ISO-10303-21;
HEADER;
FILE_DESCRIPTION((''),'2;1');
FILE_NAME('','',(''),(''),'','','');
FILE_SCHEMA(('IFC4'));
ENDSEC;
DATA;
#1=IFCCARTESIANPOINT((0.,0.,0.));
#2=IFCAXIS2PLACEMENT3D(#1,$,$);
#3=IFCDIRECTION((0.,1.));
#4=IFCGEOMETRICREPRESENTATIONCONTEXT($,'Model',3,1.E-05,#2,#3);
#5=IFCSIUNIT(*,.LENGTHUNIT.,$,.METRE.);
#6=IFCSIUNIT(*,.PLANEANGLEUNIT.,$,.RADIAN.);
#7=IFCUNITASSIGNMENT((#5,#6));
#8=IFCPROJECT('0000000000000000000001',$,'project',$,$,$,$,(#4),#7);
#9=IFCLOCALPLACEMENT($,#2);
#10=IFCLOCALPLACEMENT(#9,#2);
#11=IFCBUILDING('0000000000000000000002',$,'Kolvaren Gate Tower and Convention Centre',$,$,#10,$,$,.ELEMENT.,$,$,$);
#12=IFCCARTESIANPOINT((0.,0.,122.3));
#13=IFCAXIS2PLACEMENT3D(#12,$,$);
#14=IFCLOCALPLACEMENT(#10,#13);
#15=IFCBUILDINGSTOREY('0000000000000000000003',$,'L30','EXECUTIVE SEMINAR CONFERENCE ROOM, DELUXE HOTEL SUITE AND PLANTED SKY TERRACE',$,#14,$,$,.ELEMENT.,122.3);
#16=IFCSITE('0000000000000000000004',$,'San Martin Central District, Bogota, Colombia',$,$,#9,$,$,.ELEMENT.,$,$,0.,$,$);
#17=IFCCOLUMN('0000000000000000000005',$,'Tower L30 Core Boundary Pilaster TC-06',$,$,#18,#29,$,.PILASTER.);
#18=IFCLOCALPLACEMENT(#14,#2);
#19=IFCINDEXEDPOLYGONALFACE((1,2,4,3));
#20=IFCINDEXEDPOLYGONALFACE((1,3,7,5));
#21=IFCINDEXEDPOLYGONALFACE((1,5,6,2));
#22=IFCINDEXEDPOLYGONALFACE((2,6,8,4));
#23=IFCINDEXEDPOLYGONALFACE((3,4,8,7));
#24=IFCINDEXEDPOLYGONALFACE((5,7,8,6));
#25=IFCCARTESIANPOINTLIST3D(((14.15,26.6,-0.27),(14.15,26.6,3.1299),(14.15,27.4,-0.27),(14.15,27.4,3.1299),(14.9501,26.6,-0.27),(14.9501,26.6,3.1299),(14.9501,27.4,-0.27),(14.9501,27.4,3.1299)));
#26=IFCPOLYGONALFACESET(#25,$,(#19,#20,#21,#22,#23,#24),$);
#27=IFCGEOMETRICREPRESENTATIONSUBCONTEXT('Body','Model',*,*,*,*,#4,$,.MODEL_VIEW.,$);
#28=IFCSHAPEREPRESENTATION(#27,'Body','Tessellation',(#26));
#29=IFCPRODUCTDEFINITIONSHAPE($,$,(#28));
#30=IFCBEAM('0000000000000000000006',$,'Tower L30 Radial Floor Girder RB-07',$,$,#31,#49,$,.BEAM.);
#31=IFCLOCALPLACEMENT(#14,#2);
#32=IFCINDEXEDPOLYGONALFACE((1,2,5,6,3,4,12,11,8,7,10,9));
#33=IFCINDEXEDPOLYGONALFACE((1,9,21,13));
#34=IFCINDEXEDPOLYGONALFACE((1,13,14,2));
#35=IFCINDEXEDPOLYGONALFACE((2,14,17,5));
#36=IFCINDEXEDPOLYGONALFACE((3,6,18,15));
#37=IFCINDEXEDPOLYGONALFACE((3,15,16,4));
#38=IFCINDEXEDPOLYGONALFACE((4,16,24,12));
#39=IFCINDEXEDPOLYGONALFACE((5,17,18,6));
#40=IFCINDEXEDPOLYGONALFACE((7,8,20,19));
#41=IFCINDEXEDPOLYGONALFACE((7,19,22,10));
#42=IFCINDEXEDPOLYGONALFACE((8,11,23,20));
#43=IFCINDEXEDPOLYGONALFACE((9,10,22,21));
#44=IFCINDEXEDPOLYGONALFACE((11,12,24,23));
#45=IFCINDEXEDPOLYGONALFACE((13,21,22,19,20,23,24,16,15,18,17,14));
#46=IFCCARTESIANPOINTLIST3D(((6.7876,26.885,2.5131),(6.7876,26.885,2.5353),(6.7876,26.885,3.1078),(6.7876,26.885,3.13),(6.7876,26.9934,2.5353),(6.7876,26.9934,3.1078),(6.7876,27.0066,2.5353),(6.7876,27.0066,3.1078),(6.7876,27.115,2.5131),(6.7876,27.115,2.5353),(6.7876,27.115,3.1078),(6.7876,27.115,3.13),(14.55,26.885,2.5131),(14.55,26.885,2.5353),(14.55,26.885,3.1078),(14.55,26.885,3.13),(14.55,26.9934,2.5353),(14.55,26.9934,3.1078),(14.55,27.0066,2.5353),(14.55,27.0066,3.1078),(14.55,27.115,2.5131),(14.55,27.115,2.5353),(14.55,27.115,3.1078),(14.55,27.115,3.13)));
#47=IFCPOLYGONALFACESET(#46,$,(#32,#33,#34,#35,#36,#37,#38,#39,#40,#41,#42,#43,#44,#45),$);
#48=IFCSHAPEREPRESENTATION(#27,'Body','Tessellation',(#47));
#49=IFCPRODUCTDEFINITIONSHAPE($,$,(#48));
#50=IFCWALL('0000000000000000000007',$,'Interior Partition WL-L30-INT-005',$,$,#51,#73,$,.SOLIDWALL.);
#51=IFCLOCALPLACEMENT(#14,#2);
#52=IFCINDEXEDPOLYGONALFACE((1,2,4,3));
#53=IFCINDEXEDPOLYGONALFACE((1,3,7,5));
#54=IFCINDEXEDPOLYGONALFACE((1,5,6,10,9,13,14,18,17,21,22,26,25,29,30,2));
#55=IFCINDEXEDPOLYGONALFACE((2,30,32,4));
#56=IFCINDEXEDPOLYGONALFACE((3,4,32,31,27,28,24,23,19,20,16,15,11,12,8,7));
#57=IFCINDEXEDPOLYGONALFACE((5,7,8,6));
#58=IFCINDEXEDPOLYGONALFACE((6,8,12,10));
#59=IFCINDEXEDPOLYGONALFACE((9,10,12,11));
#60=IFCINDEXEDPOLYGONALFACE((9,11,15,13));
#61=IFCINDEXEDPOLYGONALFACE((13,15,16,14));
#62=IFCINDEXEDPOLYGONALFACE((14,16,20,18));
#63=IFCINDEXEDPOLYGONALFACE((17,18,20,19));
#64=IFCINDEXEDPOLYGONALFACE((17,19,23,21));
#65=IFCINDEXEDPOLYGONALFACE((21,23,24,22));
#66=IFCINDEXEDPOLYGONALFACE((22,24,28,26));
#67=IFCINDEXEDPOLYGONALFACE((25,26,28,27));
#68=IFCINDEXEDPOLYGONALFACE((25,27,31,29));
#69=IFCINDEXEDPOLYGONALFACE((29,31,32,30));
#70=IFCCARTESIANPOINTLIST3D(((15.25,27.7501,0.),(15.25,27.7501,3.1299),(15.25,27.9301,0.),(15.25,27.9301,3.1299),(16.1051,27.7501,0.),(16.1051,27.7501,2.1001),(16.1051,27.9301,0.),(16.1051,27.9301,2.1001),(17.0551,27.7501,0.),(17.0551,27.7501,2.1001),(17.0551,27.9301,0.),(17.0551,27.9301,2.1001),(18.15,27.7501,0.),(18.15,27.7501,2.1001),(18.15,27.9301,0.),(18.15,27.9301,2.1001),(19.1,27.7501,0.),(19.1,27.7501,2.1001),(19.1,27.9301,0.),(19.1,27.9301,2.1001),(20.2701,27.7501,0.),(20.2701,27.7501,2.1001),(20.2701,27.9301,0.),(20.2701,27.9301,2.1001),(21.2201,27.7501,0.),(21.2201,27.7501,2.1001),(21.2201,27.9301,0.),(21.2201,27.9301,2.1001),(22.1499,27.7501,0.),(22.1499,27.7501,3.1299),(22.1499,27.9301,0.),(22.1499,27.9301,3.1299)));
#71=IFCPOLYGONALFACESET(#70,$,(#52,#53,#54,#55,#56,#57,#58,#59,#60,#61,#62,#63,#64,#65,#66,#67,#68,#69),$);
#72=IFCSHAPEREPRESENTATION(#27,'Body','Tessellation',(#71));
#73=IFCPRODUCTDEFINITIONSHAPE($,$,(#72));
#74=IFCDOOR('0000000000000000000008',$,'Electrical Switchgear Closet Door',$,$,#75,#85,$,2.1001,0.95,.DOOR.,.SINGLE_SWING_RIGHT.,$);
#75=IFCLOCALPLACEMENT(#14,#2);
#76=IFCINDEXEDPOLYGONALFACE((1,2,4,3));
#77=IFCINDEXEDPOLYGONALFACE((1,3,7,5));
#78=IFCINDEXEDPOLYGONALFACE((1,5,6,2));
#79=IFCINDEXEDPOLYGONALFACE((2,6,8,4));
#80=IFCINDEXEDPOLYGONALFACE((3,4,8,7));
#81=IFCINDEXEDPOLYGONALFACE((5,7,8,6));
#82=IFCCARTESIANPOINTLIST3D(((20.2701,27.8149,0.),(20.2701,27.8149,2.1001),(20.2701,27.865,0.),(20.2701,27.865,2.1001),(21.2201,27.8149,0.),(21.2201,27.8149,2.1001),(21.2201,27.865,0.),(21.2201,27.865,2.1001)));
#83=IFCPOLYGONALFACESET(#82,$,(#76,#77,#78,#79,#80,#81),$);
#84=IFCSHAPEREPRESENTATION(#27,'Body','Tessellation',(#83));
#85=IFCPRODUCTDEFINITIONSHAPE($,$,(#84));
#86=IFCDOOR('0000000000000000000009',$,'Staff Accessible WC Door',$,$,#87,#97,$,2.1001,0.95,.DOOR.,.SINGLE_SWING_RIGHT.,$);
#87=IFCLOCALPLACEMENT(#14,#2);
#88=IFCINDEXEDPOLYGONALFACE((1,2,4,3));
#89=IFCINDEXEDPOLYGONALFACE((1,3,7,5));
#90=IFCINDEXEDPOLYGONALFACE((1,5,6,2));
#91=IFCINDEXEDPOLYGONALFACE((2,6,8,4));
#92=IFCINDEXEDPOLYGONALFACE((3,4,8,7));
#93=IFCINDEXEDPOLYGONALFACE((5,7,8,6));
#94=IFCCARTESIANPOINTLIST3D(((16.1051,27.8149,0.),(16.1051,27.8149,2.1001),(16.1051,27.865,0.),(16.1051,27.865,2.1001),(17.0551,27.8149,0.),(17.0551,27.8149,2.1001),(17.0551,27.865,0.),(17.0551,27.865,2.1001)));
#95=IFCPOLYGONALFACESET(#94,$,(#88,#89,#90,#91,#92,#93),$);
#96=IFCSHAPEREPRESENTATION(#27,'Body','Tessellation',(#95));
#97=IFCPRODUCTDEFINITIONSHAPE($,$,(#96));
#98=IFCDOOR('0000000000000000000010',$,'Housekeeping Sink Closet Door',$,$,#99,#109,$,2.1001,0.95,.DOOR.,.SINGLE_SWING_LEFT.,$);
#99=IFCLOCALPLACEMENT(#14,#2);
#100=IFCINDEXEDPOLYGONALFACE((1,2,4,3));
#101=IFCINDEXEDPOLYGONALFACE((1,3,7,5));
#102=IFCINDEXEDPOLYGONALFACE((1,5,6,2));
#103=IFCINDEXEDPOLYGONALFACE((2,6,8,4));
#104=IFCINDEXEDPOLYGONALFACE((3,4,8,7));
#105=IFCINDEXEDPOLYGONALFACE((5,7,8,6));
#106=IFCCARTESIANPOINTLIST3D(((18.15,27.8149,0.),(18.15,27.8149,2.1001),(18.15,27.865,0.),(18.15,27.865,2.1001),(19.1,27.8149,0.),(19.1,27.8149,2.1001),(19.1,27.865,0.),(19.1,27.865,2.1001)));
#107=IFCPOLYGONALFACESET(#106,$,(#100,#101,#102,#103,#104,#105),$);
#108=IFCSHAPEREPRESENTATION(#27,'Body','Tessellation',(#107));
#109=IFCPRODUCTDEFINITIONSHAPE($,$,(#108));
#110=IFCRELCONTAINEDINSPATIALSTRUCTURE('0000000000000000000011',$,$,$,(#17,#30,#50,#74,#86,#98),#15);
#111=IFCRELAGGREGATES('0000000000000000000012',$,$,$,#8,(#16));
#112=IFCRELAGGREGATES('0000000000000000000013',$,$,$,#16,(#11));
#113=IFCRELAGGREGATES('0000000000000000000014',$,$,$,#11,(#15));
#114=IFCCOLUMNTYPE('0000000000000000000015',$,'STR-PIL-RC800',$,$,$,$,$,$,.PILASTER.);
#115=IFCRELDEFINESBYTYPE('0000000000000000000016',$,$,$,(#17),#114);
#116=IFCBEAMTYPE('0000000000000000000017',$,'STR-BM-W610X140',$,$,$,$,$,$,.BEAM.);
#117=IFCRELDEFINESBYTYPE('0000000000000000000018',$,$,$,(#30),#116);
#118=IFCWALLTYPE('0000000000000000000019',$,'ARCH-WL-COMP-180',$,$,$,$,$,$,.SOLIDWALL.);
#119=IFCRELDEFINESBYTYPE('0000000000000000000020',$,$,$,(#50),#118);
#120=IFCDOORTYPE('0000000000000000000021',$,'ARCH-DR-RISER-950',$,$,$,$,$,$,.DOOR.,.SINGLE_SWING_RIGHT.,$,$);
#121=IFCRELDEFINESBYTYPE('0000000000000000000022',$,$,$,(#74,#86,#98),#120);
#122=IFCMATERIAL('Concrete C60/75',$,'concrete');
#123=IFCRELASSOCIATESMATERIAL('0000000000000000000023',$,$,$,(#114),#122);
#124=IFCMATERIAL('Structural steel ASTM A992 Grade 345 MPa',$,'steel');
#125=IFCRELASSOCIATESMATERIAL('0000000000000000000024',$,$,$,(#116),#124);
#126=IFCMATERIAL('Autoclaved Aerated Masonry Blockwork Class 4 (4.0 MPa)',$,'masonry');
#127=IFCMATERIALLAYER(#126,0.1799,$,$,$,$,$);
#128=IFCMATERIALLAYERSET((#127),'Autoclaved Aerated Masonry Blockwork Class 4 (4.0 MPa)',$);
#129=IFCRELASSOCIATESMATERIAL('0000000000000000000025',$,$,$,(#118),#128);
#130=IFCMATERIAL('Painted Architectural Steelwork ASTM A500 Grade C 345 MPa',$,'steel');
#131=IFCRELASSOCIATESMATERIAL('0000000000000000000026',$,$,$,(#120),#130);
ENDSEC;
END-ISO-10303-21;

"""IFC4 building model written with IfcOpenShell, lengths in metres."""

from ifc_helpers import new_model, si_unit, direction, frame, frame_2d, origin, origin_2d, place, context, subcontext, project, spatial, rectangle, i_section, extrude, material, layer, layer_set, material_profile, profile_set, type_object, element, fill, save


model = new_model("IFC4")

# Units and contexts
model_context = context("Model", 3, precision=1e-05, world=origin(), true_north=direction((0.0, 1.0)))
body_context = subcontext(model_context, "Body", "Model", "MODEL_VIEW")
ifc_project = project(units=[si_unit("LENGTHUNIT", "METRE"), si_unit("PLANEANGLEUNIT", "RADIAN")], contexts=[model_context])

# Site, building, storey
site_placement = place(None, origin())
site = spatial("IfcSite", under=ifc_project, at=site_placement, Name="San Martin Central District, Bogota, Colombia", CompositionType="ELEMENT", RefElevation=0.0)
building_placement = place(site_placement, origin())
building = spatial("IfcBuilding", under=site, at=building_placement, Name="Kolvaren Gate Tower and Convention Centre", CompositionType="ELEMENT")
storey_placement = place(building_placement, frame((0.0, 0.0, 122.3)))
storey = spatial("IfcBuildingStorey", under=building, at=storey_placement, Name="L30", Description="EXECUTIVE SEMINAR CONFERENCE ROOM, DELUXE HOTEL SUITE AND PLANTED SKY TERRACE", CompositionType="ELEMENT", Elevation=122.3)

# Column
ifc_material_1 = material(Name="Concrete C60/75", Category="concrete")
ifc_material_profile_1 = material_profile(ifc_material_1, rectangle(XDim=0.8, YDim=0.8, at=origin_2d()), Name="RC-COL-800X800")
ifc_profile_set_1 = profile_set([ifc_material_profile_1], Name="Concrete C60/75")
column_type = type_object("IfcColumnType", Name="STR-PIL-RC800", PredefinedType="PILASTER", material=ifc_profile_set_1)
column_placement = place(storey_placement, frame((14.55, 27.0, -0.27), z_axis=(0.0, 0.0, 1.0), x_axis=(1.0, 0.0, 0.0)))
element("IfcColumn", 1, at=column_placement, inside=storey, type_object=column_type, Name="Tower L30 Core Boundary Pilaster TC-06", PredefinedType="PILASTER", context=body_context, shape_type="SweptSolid", body=[
    extrude(rectangle(XDim=0.8, YDim=0.8, at=origin_2d()), origin(), (0.0, 0.0, 1.0), 3.3999),
])

# Beam
ifc_material_2 = material(Name="Structural steel ASTM A992 Grade 345 MPa", Category="steel")
ifc_material_profile_2 = material_profile(ifc_material_2, i_section(OverallWidth=0.23, OverallDepth=0.6169, WebThickness=0.0132, FlangeThickness=0.0222, at=origin_2d()), Name="W610X140")
ifc_profile_set_2 = profile_set([ifc_material_profile_2], Name="Structural steel ASTM A992 Grade 345 MPa")
beam_type = type_object("IfcBeamType", Name="STR-BM-W610X140", PredefinedType="BEAM", material=ifc_profile_set_2)
beam_placement = place(storey_placement, frame((14.55, 27.0, 2.8215), z_axis=(-1.0, 0.0, 0.0), x_axis=(0.0, -1.0, 0.0)))
element("IfcBeam", 2, at=beam_placement, inside=storey, type_object=beam_type, Name="Tower L30 Radial Floor Girder RB-07", PredefinedType="BEAM", context=body_context, shape_type="SweptSolid", body=[
    extrude(i_section(OverallWidth=0.23, OverallDepth=0.6169, WebThickness=0.0132, FlangeThickness=0.0222, at=origin_2d()), origin(), (0.0, 0.0, 1.0), 7.7625),
])

# Wall, openings, doors
ifc_material_3 = material(Name="Autoclaved Aerated Masonry Blockwork Class 4 (4.0 MPa)", Category="masonry")
ifc_layer_1 = layer(ifc_material_3, 0.1799)
ifc_layer_set_1 = layer_set([ifc_layer_1], Name="Autoclaved Aerated Masonry Blockwork Class 4 (4.0 MPa)")
wall_type_1 = type_object("IfcWallType", Name="ARCH-WL-COMP-180", PredefinedType="SOLIDWALL", material=ifc_layer_set_1)
wall_1_placement = place(storey_placement, frame((15.25, 27.8401, 0.0), z_axis=(0.0, 0.0, 1.0), x_axis=(1.0, 0.0, 0.0)))
wall_1 = element("IfcWall", 3, at=wall_1_placement, inside=storey, type_object=wall_type_1, Name="Interior Partition WL-L30-INT-005", PredefinedType="SOLIDWALL", context=body_context, shape_type="SweptSolid", body=[
    extrude(rectangle(XDim=6.8999, YDim=0.1799, at=frame_2d((3.45, 0.0))), origin(), (0.0, 0.0, 1.0), 3.1299),
])
opening_1_placement = place(wall_1_placement, frame((5.02, 0.0, 0.0)))
opening_1 = element("IfcOpeningElement", 4, at=opening_1_placement, cuts=wall_1, PredefinedType="OPENING", context=body_context, shape_type="SweptSolid", body=[
    extrude(rectangle(XDim=0.95, YDim=2.1001, at=frame_2d((0.4751, 1.05))), frame((0.0, 0.0999, 0.0), z_axis=(0.0, -1.0, 0.0), x_axis=(1.0, 0.0, 0.0)), (0.0, 0.0, 1.0), 0.2),
])
opening_2_placement = place(wall_1_placement, frame((0.855, 0.0, 0.0)))
opening_2 = element("IfcOpeningElement", 5, at=opening_2_placement, cuts=wall_1, PredefinedType="OPENING", context=body_context, shape_type="SweptSolid", body=[
    extrude(rectangle(XDim=0.95, YDim=2.1001, at=frame_2d((0.4751, 1.05))), frame((0.0, 0.0999, 0.0), z_axis=(0.0, -1.0, 0.0), x_axis=(1.0, 0.0, 0.0)), (0.0, 0.0, 1.0), 0.2),
])
opening_3_placement = place(wall_1_placement, frame((2.8999, 0.0, 0.0)))
opening_3 = element("IfcOpeningElement", 6, at=opening_3_placement, cuts=wall_1, PredefinedType="OPENING", context=body_context, shape_type="SweptSolid", body=[
    extrude(rectangle(XDim=0.95, YDim=2.1001, at=frame_2d((0.4751, 1.05))), frame((0.0, 0.0999, 0.0), z_axis=(0.0, -1.0, 0.0), x_axis=(1.0, 0.0, 0.0)), (0.0, 0.0, 1.0), 0.2),
])
ifc_material_4 = material(Name="Painted Architectural Steelwork ASTM A500 Grade C 345 MPa", Category="steel")
door_type = type_object("IfcDoorType", Name="ARCH-DR-RISER-950", OperationType="SINGLE_SWING_RIGHT", PredefinedType="DOOR", material=ifc_material_4)
door_1_placement = place(opening_1_placement, origin())
door_1 = element("IfcDoor", 7, at=door_1_placement, inside=storey, type_object=door_type, Name="Electrical Switchgear Closet Door", OperationType="SINGLE_SWING_RIGHT", OverallHeight=2.1001, OverallWidth=0.95, PredefinedType="DOOR", context=body_context, shape_type="SweptSolid", body=[
    extrude(rectangle(XDim=0.95, YDim=2.1001, at=frame_2d((0.4751, 1.05))), frame((0.0, 0.0249, 0.0), z_axis=(0.0, -1.0, 0.0), x_axis=(1.0, 0.0, 0.0)), (0.0, 0.0, 1.0), 0.05),
])
fill(opening_1, door_1)
door_2_placement = place(opening_2_placement, origin())
door_2 = element("IfcDoor", 8, at=door_2_placement, inside=storey, type_object=door_type, Name="Staff Accessible WC Door", OperationType="SINGLE_SWING_RIGHT", OverallHeight=2.1001, OverallWidth=0.95, PredefinedType="DOOR", context=body_context, shape_type="SweptSolid", body=[
    extrude(rectangle(XDim=0.95, YDim=2.1001, at=frame_2d((0.4751, 1.05))), frame((0.0, 0.0249, 0.0), z_axis=(0.0, -1.0, 0.0), x_axis=(1.0, 0.0, 0.0)), (0.0, 0.0, 1.0), 0.05),
])
fill(opening_2, door_2)
door_3_placement = place(opening_3_placement, origin())
door_3 = element("IfcDoor", 9, at=door_3_placement, inside=storey, type_object=door_type, Name="Housekeeping Sink Closet Door", OperationType="SINGLE_SWING_LEFT", OverallHeight=2.1001, OverallWidth=0.95, PredefinedType="DOOR", context=body_context, shape_type="SweptSolid", body=[
    extrude(rectangle(XDim=0.95, YDim=2.1001, at=frame_2d((0.4751, 1.05))), frame((0.0, 0.0249, 0.0), z_axis=(0.0, -1.0, 0.0), x_axis=(1.0, 0.0, 0.0)), (0.0, 0.0, 1.0), 0.05),
])
fill(opening_3, door_3)

save(model, "model.ifc")
